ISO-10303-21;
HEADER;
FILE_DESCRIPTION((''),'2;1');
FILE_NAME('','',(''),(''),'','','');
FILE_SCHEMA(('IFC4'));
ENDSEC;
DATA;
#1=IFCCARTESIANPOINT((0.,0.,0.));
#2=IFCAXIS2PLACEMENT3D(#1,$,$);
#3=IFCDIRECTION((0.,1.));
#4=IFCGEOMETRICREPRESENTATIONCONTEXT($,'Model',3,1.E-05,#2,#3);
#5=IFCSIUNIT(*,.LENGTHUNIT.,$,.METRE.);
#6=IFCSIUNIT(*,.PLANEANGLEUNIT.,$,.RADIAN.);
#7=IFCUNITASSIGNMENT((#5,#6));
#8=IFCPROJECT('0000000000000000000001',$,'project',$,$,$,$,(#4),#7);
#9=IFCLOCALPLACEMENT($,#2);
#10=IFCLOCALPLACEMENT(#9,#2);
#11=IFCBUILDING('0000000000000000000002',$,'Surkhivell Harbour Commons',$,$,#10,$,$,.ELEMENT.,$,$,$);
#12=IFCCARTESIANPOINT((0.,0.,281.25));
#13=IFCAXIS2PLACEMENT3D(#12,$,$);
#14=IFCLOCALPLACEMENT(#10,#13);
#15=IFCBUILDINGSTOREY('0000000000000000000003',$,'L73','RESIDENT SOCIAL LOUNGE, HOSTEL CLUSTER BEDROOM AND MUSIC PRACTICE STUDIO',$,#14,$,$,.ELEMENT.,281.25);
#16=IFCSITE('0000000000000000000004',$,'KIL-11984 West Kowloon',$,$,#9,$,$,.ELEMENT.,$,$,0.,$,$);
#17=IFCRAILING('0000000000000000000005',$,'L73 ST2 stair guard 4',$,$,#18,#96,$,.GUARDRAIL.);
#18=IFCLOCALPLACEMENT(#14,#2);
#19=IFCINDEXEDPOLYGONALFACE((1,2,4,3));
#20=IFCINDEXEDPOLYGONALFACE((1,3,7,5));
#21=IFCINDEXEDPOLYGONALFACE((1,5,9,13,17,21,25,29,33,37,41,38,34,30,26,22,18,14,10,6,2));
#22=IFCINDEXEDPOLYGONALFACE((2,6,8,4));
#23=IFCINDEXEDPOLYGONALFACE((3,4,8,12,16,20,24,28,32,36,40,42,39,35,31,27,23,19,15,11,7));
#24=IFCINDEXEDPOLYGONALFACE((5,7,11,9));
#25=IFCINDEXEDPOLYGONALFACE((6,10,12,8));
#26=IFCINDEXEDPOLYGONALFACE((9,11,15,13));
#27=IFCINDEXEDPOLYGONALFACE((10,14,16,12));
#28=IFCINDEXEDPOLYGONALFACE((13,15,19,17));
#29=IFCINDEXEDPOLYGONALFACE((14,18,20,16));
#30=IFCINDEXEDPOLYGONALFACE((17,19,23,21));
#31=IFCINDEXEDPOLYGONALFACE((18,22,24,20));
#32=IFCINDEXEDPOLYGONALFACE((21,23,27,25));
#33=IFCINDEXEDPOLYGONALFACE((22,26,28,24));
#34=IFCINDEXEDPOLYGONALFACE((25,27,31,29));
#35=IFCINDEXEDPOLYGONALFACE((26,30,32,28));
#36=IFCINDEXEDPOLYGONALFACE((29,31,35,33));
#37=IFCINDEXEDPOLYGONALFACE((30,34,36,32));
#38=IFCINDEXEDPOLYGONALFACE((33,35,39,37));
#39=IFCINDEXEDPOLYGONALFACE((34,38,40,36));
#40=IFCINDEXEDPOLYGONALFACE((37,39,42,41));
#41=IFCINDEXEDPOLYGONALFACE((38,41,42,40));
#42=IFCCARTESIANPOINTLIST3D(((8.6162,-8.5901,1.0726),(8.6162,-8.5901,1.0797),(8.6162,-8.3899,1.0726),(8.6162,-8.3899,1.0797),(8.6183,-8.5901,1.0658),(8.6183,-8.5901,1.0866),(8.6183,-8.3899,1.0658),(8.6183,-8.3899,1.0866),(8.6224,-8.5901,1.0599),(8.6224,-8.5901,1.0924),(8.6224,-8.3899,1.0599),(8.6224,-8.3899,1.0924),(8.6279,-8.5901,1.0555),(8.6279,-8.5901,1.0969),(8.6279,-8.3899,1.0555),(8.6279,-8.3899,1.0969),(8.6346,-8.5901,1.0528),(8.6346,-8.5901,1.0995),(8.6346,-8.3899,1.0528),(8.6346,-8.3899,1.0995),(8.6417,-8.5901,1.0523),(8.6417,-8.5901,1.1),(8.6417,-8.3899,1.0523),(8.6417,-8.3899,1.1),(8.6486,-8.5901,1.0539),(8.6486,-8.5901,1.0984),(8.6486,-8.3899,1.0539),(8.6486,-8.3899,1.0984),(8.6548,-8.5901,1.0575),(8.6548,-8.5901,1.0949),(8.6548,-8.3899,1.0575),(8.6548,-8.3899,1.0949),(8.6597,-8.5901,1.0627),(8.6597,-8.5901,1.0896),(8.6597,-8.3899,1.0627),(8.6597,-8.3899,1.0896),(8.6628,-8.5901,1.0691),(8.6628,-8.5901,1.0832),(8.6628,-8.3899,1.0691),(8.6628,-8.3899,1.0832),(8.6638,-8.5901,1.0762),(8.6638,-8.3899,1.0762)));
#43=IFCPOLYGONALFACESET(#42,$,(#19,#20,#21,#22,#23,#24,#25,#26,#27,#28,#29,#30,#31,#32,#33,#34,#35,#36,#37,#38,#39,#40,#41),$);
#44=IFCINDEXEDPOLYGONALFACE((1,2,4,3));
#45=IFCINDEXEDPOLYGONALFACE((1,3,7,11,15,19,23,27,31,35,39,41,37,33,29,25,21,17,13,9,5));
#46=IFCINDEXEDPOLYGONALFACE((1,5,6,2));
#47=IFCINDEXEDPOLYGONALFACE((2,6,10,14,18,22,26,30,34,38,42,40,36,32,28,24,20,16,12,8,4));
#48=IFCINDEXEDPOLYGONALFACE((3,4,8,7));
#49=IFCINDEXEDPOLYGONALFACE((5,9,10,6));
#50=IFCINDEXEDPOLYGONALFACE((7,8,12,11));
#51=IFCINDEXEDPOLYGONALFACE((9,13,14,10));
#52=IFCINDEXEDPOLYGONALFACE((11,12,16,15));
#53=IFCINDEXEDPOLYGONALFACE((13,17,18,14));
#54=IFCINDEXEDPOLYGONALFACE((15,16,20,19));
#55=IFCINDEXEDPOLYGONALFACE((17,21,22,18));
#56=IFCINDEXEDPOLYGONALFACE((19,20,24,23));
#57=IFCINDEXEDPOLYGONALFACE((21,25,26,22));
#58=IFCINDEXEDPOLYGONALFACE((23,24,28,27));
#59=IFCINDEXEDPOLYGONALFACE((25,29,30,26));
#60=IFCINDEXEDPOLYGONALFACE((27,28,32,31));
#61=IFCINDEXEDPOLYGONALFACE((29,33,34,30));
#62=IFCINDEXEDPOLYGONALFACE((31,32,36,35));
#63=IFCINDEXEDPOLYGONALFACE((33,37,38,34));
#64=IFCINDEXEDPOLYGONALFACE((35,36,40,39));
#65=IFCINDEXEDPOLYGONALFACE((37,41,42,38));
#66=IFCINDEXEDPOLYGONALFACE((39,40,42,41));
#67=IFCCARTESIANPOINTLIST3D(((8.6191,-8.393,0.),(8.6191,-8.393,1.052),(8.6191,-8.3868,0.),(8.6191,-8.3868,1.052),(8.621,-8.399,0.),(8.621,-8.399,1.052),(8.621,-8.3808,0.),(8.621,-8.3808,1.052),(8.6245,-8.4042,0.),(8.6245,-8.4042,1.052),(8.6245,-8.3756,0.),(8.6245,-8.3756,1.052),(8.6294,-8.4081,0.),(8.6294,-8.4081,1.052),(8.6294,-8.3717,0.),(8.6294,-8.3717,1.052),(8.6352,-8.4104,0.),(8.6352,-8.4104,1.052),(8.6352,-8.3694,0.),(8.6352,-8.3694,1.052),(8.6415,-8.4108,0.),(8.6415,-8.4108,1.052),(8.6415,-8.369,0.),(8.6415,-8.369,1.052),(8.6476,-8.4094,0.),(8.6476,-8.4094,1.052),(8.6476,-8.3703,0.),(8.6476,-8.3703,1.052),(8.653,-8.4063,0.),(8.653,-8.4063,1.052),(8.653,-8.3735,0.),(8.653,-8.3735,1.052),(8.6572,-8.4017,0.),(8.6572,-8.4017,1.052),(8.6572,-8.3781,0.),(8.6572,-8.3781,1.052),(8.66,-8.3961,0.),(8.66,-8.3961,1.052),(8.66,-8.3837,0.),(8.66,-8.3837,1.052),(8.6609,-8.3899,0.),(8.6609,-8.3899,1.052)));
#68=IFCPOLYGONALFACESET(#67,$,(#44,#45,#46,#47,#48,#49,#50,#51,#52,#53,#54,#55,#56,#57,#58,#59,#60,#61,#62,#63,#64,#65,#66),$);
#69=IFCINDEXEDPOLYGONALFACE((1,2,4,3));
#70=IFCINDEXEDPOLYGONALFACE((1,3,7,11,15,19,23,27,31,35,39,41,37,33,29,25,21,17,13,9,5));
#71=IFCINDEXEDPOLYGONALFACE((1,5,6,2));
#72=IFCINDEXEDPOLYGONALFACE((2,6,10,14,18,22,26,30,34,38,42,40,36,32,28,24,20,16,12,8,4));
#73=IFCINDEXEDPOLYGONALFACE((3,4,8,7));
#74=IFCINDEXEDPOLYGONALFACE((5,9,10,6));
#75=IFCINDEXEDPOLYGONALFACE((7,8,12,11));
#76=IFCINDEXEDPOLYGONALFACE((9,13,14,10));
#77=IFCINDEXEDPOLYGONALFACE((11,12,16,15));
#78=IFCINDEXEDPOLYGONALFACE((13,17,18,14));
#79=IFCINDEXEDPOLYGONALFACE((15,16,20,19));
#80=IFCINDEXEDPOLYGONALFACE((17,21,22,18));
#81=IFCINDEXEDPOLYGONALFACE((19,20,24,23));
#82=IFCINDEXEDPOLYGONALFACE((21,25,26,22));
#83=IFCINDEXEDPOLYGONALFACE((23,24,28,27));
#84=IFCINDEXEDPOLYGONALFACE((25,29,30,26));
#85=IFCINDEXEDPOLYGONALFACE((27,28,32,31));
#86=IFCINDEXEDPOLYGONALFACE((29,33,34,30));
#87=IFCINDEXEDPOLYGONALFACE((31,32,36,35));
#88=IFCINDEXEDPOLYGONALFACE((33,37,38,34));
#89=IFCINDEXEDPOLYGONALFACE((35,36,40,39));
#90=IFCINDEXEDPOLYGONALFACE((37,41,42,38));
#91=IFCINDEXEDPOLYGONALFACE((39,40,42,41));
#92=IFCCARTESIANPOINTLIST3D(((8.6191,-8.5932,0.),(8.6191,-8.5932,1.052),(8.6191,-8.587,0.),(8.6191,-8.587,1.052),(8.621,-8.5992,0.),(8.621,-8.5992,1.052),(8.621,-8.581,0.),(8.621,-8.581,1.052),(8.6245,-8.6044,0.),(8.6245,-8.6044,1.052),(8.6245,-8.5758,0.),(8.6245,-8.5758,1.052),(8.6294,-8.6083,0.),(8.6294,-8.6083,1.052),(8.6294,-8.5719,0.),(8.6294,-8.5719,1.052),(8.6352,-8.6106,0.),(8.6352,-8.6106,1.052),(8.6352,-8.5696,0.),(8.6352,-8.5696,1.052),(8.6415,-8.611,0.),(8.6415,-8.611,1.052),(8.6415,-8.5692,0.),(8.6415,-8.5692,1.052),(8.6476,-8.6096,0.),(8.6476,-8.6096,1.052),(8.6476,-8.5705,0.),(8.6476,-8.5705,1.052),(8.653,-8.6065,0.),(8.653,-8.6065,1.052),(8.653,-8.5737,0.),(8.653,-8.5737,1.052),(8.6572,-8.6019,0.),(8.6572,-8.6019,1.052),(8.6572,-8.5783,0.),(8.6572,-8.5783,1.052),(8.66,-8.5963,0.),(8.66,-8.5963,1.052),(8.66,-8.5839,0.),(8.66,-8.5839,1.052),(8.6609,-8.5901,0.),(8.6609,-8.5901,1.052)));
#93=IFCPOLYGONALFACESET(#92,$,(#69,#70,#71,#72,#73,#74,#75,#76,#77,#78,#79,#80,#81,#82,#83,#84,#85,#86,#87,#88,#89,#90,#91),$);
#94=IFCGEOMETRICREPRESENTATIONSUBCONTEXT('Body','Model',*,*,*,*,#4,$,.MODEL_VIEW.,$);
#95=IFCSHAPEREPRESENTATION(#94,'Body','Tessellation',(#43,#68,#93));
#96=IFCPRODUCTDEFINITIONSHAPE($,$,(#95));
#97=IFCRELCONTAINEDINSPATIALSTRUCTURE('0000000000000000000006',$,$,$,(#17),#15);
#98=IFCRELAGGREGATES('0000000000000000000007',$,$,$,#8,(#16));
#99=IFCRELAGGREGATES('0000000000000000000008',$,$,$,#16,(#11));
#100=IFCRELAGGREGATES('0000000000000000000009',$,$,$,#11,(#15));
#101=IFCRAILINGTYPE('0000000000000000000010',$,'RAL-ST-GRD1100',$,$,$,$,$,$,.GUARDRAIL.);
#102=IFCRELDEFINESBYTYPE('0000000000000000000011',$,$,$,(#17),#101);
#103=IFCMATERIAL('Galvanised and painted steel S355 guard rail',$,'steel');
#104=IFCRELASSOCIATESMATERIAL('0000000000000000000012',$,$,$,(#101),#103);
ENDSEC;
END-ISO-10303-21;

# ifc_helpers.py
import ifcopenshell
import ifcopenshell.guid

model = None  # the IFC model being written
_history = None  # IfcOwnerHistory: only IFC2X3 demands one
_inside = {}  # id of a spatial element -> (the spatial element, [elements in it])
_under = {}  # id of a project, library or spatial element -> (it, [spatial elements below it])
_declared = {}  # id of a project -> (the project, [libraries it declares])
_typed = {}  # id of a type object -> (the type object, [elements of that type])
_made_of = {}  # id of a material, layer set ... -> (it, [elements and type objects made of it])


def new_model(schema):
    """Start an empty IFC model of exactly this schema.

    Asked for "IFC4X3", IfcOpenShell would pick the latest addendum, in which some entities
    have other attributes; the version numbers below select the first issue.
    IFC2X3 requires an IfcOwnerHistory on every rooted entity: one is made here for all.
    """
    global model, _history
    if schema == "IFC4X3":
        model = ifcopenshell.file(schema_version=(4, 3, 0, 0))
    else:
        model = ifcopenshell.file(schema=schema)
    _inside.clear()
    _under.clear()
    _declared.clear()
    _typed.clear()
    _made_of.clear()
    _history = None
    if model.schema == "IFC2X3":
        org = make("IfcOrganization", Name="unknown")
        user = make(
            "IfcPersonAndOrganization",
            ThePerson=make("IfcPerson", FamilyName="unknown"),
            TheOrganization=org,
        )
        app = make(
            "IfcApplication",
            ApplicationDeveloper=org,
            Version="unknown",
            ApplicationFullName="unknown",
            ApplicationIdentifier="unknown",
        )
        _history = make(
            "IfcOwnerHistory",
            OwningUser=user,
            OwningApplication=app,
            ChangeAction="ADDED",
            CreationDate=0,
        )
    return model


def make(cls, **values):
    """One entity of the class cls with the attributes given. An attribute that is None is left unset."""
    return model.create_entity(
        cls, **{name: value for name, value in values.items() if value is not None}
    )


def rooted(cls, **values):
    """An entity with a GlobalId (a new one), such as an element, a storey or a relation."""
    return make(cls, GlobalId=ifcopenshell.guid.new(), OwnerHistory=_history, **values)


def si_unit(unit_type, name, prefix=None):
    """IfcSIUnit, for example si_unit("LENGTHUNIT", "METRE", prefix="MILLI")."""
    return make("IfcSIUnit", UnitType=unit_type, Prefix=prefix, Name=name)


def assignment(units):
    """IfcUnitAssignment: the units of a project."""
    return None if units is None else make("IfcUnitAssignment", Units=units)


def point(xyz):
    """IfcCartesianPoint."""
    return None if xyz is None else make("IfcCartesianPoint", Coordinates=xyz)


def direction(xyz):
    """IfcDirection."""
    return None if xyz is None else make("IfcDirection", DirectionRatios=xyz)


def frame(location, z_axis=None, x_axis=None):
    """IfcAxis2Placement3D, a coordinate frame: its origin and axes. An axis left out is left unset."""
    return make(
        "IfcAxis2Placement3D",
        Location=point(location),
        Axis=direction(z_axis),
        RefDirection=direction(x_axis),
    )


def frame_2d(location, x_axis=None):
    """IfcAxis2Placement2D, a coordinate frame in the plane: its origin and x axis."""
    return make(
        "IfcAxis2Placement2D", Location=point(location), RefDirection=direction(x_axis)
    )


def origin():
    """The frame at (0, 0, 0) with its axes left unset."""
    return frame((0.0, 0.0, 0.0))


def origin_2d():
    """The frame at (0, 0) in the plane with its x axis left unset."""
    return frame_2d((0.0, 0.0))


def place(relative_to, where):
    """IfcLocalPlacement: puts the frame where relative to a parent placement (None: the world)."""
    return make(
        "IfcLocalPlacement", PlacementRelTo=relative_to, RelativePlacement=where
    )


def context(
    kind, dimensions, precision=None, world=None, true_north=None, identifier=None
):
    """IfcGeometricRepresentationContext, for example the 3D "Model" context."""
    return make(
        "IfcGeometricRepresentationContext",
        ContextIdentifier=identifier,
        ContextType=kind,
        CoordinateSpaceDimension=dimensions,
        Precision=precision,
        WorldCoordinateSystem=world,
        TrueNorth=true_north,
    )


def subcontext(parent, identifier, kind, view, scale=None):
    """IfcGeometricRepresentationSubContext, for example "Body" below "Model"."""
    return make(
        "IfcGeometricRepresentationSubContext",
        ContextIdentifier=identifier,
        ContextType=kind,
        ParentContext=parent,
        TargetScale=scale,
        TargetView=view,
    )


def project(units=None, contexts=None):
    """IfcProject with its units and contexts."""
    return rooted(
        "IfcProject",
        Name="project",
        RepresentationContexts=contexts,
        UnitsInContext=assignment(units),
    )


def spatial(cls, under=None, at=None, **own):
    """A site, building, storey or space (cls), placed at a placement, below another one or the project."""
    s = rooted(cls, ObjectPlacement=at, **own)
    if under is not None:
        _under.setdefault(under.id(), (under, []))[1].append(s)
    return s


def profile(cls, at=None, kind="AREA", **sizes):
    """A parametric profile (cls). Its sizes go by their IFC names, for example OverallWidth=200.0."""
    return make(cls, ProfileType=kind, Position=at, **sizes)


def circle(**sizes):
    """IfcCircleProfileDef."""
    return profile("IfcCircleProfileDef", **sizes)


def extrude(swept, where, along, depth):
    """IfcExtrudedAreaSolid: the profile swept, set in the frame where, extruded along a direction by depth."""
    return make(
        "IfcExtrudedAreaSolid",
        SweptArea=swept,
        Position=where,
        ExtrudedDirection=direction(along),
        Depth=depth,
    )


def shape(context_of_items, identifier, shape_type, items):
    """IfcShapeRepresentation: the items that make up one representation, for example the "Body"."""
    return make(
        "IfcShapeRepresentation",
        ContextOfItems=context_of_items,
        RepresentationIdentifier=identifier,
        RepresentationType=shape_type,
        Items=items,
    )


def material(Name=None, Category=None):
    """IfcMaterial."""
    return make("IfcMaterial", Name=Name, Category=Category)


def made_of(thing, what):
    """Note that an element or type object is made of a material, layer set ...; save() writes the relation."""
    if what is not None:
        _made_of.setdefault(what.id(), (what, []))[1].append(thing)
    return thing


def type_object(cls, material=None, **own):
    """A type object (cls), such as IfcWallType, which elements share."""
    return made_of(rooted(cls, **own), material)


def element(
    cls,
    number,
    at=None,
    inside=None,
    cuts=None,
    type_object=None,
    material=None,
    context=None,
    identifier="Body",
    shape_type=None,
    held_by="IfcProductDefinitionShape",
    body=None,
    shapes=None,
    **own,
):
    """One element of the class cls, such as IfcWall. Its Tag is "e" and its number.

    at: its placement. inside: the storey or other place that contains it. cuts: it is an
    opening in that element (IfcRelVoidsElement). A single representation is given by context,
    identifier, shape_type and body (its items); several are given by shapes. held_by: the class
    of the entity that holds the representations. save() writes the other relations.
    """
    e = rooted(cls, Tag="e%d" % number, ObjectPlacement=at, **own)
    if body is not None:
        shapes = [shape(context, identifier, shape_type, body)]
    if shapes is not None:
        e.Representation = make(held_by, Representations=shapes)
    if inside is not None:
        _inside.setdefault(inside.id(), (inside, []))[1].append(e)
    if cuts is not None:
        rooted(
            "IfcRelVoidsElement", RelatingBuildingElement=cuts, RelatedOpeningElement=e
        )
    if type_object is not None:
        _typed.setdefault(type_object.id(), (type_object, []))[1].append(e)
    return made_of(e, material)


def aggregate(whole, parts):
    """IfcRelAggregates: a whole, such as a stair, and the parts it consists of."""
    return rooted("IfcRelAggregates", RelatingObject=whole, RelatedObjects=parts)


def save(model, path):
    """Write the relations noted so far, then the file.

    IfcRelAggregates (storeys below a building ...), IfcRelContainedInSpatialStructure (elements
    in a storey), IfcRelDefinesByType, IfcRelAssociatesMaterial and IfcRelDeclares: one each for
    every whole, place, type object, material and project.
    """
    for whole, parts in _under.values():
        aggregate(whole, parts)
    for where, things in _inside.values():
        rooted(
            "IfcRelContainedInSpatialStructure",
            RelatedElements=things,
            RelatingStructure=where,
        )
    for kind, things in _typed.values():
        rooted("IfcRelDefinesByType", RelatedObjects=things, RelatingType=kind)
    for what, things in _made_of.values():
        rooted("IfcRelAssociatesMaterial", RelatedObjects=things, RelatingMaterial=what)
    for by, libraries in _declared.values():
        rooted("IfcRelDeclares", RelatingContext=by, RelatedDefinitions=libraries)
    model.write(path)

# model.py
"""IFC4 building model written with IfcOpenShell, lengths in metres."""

from ifc_helpers import new_model, si_unit, direction, frame, origin, origin_2d, place, context, subcontext, project, spatial, circle, extrude, material, type_object, element, save


model = new_model("IFC4")

# Units and contexts
model_context = context("Model", 3, precision=1e-05, world=origin(), true_north=direction((0.0, 1.0)))
body_context = subcontext(model_context, "Body", "Model", "MODEL_VIEW")
ifc_project = project(units=[si_unit("LENGTHUNIT", "METRE"), si_unit("PLANEANGLEUNIT", "RADIAN")], contexts=[model_context])

# Site, building, storey
site_placement = place(None, origin())
site = spatial("IfcSite", under=ifc_project, at=site_placement, Name="KIL-11984 West Kowloon", CompositionType="ELEMENT", RefElevation=0.0)
building_placement = place(site_placement, origin())
building = spatial("IfcBuilding", under=site, at=building_placement, Name="Surkhivell Harbour Commons", CompositionType="ELEMENT")
storey_placement = place(building_placement, frame((0.0, 0.0, 281.25)))
storey = spatial("IfcBuildingStorey", under=building, at=storey_placement, Name="L73", Description="RESIDENT SOCIAL LOUNGE, HOSTEL CLUSTER BEDROOM AND MUSIC PRACTICE STUDIO", CompositionType="ELEMENT", Elevation=281.25)

# Railing
ifc_material_1 = material(Name="Galvanised and painted steel S355 guard rail", Category="steel")
railing_type_1 = type_object("IfcRailingType", Name="RAL-ST-GRD1100", PredefinedType="GUARDRAIL", material=ifc_material_1)
railing_1_placement = place(storey_placement, frame((8.6399, -8.3899, 0.0)))
element("IfcRailing", 1, at=railing_1_placement, inside=storey, type_object=railing_type_1, Name="L73 ST2 stair guard 4", PredefinedType="GUARDRAIL", context=body_context, shape_type="SweptSolid", body=[
    extrude(circle(Radius=0.0239, at=origin_2d()), frame((0.0, 0.0, 1.0762), z_axis=(0.0, -1.0, 0.0), x_axis=(1.0, 0.0, 0.0)), (0.0, 0.0, 1.0), 0.2002),
    extrude(circle(Radius=0.021, at=origin_2d()), origin(), (0.0, 0.0, 1.0), 1.052),
    extrude(circle(Radius=0.021, at=origin_2d()), frame((0.0, -0.2002, 0.0)), (0.0, 0.0, 1.0), 1.052),
])

save(model, "model.ifc")
